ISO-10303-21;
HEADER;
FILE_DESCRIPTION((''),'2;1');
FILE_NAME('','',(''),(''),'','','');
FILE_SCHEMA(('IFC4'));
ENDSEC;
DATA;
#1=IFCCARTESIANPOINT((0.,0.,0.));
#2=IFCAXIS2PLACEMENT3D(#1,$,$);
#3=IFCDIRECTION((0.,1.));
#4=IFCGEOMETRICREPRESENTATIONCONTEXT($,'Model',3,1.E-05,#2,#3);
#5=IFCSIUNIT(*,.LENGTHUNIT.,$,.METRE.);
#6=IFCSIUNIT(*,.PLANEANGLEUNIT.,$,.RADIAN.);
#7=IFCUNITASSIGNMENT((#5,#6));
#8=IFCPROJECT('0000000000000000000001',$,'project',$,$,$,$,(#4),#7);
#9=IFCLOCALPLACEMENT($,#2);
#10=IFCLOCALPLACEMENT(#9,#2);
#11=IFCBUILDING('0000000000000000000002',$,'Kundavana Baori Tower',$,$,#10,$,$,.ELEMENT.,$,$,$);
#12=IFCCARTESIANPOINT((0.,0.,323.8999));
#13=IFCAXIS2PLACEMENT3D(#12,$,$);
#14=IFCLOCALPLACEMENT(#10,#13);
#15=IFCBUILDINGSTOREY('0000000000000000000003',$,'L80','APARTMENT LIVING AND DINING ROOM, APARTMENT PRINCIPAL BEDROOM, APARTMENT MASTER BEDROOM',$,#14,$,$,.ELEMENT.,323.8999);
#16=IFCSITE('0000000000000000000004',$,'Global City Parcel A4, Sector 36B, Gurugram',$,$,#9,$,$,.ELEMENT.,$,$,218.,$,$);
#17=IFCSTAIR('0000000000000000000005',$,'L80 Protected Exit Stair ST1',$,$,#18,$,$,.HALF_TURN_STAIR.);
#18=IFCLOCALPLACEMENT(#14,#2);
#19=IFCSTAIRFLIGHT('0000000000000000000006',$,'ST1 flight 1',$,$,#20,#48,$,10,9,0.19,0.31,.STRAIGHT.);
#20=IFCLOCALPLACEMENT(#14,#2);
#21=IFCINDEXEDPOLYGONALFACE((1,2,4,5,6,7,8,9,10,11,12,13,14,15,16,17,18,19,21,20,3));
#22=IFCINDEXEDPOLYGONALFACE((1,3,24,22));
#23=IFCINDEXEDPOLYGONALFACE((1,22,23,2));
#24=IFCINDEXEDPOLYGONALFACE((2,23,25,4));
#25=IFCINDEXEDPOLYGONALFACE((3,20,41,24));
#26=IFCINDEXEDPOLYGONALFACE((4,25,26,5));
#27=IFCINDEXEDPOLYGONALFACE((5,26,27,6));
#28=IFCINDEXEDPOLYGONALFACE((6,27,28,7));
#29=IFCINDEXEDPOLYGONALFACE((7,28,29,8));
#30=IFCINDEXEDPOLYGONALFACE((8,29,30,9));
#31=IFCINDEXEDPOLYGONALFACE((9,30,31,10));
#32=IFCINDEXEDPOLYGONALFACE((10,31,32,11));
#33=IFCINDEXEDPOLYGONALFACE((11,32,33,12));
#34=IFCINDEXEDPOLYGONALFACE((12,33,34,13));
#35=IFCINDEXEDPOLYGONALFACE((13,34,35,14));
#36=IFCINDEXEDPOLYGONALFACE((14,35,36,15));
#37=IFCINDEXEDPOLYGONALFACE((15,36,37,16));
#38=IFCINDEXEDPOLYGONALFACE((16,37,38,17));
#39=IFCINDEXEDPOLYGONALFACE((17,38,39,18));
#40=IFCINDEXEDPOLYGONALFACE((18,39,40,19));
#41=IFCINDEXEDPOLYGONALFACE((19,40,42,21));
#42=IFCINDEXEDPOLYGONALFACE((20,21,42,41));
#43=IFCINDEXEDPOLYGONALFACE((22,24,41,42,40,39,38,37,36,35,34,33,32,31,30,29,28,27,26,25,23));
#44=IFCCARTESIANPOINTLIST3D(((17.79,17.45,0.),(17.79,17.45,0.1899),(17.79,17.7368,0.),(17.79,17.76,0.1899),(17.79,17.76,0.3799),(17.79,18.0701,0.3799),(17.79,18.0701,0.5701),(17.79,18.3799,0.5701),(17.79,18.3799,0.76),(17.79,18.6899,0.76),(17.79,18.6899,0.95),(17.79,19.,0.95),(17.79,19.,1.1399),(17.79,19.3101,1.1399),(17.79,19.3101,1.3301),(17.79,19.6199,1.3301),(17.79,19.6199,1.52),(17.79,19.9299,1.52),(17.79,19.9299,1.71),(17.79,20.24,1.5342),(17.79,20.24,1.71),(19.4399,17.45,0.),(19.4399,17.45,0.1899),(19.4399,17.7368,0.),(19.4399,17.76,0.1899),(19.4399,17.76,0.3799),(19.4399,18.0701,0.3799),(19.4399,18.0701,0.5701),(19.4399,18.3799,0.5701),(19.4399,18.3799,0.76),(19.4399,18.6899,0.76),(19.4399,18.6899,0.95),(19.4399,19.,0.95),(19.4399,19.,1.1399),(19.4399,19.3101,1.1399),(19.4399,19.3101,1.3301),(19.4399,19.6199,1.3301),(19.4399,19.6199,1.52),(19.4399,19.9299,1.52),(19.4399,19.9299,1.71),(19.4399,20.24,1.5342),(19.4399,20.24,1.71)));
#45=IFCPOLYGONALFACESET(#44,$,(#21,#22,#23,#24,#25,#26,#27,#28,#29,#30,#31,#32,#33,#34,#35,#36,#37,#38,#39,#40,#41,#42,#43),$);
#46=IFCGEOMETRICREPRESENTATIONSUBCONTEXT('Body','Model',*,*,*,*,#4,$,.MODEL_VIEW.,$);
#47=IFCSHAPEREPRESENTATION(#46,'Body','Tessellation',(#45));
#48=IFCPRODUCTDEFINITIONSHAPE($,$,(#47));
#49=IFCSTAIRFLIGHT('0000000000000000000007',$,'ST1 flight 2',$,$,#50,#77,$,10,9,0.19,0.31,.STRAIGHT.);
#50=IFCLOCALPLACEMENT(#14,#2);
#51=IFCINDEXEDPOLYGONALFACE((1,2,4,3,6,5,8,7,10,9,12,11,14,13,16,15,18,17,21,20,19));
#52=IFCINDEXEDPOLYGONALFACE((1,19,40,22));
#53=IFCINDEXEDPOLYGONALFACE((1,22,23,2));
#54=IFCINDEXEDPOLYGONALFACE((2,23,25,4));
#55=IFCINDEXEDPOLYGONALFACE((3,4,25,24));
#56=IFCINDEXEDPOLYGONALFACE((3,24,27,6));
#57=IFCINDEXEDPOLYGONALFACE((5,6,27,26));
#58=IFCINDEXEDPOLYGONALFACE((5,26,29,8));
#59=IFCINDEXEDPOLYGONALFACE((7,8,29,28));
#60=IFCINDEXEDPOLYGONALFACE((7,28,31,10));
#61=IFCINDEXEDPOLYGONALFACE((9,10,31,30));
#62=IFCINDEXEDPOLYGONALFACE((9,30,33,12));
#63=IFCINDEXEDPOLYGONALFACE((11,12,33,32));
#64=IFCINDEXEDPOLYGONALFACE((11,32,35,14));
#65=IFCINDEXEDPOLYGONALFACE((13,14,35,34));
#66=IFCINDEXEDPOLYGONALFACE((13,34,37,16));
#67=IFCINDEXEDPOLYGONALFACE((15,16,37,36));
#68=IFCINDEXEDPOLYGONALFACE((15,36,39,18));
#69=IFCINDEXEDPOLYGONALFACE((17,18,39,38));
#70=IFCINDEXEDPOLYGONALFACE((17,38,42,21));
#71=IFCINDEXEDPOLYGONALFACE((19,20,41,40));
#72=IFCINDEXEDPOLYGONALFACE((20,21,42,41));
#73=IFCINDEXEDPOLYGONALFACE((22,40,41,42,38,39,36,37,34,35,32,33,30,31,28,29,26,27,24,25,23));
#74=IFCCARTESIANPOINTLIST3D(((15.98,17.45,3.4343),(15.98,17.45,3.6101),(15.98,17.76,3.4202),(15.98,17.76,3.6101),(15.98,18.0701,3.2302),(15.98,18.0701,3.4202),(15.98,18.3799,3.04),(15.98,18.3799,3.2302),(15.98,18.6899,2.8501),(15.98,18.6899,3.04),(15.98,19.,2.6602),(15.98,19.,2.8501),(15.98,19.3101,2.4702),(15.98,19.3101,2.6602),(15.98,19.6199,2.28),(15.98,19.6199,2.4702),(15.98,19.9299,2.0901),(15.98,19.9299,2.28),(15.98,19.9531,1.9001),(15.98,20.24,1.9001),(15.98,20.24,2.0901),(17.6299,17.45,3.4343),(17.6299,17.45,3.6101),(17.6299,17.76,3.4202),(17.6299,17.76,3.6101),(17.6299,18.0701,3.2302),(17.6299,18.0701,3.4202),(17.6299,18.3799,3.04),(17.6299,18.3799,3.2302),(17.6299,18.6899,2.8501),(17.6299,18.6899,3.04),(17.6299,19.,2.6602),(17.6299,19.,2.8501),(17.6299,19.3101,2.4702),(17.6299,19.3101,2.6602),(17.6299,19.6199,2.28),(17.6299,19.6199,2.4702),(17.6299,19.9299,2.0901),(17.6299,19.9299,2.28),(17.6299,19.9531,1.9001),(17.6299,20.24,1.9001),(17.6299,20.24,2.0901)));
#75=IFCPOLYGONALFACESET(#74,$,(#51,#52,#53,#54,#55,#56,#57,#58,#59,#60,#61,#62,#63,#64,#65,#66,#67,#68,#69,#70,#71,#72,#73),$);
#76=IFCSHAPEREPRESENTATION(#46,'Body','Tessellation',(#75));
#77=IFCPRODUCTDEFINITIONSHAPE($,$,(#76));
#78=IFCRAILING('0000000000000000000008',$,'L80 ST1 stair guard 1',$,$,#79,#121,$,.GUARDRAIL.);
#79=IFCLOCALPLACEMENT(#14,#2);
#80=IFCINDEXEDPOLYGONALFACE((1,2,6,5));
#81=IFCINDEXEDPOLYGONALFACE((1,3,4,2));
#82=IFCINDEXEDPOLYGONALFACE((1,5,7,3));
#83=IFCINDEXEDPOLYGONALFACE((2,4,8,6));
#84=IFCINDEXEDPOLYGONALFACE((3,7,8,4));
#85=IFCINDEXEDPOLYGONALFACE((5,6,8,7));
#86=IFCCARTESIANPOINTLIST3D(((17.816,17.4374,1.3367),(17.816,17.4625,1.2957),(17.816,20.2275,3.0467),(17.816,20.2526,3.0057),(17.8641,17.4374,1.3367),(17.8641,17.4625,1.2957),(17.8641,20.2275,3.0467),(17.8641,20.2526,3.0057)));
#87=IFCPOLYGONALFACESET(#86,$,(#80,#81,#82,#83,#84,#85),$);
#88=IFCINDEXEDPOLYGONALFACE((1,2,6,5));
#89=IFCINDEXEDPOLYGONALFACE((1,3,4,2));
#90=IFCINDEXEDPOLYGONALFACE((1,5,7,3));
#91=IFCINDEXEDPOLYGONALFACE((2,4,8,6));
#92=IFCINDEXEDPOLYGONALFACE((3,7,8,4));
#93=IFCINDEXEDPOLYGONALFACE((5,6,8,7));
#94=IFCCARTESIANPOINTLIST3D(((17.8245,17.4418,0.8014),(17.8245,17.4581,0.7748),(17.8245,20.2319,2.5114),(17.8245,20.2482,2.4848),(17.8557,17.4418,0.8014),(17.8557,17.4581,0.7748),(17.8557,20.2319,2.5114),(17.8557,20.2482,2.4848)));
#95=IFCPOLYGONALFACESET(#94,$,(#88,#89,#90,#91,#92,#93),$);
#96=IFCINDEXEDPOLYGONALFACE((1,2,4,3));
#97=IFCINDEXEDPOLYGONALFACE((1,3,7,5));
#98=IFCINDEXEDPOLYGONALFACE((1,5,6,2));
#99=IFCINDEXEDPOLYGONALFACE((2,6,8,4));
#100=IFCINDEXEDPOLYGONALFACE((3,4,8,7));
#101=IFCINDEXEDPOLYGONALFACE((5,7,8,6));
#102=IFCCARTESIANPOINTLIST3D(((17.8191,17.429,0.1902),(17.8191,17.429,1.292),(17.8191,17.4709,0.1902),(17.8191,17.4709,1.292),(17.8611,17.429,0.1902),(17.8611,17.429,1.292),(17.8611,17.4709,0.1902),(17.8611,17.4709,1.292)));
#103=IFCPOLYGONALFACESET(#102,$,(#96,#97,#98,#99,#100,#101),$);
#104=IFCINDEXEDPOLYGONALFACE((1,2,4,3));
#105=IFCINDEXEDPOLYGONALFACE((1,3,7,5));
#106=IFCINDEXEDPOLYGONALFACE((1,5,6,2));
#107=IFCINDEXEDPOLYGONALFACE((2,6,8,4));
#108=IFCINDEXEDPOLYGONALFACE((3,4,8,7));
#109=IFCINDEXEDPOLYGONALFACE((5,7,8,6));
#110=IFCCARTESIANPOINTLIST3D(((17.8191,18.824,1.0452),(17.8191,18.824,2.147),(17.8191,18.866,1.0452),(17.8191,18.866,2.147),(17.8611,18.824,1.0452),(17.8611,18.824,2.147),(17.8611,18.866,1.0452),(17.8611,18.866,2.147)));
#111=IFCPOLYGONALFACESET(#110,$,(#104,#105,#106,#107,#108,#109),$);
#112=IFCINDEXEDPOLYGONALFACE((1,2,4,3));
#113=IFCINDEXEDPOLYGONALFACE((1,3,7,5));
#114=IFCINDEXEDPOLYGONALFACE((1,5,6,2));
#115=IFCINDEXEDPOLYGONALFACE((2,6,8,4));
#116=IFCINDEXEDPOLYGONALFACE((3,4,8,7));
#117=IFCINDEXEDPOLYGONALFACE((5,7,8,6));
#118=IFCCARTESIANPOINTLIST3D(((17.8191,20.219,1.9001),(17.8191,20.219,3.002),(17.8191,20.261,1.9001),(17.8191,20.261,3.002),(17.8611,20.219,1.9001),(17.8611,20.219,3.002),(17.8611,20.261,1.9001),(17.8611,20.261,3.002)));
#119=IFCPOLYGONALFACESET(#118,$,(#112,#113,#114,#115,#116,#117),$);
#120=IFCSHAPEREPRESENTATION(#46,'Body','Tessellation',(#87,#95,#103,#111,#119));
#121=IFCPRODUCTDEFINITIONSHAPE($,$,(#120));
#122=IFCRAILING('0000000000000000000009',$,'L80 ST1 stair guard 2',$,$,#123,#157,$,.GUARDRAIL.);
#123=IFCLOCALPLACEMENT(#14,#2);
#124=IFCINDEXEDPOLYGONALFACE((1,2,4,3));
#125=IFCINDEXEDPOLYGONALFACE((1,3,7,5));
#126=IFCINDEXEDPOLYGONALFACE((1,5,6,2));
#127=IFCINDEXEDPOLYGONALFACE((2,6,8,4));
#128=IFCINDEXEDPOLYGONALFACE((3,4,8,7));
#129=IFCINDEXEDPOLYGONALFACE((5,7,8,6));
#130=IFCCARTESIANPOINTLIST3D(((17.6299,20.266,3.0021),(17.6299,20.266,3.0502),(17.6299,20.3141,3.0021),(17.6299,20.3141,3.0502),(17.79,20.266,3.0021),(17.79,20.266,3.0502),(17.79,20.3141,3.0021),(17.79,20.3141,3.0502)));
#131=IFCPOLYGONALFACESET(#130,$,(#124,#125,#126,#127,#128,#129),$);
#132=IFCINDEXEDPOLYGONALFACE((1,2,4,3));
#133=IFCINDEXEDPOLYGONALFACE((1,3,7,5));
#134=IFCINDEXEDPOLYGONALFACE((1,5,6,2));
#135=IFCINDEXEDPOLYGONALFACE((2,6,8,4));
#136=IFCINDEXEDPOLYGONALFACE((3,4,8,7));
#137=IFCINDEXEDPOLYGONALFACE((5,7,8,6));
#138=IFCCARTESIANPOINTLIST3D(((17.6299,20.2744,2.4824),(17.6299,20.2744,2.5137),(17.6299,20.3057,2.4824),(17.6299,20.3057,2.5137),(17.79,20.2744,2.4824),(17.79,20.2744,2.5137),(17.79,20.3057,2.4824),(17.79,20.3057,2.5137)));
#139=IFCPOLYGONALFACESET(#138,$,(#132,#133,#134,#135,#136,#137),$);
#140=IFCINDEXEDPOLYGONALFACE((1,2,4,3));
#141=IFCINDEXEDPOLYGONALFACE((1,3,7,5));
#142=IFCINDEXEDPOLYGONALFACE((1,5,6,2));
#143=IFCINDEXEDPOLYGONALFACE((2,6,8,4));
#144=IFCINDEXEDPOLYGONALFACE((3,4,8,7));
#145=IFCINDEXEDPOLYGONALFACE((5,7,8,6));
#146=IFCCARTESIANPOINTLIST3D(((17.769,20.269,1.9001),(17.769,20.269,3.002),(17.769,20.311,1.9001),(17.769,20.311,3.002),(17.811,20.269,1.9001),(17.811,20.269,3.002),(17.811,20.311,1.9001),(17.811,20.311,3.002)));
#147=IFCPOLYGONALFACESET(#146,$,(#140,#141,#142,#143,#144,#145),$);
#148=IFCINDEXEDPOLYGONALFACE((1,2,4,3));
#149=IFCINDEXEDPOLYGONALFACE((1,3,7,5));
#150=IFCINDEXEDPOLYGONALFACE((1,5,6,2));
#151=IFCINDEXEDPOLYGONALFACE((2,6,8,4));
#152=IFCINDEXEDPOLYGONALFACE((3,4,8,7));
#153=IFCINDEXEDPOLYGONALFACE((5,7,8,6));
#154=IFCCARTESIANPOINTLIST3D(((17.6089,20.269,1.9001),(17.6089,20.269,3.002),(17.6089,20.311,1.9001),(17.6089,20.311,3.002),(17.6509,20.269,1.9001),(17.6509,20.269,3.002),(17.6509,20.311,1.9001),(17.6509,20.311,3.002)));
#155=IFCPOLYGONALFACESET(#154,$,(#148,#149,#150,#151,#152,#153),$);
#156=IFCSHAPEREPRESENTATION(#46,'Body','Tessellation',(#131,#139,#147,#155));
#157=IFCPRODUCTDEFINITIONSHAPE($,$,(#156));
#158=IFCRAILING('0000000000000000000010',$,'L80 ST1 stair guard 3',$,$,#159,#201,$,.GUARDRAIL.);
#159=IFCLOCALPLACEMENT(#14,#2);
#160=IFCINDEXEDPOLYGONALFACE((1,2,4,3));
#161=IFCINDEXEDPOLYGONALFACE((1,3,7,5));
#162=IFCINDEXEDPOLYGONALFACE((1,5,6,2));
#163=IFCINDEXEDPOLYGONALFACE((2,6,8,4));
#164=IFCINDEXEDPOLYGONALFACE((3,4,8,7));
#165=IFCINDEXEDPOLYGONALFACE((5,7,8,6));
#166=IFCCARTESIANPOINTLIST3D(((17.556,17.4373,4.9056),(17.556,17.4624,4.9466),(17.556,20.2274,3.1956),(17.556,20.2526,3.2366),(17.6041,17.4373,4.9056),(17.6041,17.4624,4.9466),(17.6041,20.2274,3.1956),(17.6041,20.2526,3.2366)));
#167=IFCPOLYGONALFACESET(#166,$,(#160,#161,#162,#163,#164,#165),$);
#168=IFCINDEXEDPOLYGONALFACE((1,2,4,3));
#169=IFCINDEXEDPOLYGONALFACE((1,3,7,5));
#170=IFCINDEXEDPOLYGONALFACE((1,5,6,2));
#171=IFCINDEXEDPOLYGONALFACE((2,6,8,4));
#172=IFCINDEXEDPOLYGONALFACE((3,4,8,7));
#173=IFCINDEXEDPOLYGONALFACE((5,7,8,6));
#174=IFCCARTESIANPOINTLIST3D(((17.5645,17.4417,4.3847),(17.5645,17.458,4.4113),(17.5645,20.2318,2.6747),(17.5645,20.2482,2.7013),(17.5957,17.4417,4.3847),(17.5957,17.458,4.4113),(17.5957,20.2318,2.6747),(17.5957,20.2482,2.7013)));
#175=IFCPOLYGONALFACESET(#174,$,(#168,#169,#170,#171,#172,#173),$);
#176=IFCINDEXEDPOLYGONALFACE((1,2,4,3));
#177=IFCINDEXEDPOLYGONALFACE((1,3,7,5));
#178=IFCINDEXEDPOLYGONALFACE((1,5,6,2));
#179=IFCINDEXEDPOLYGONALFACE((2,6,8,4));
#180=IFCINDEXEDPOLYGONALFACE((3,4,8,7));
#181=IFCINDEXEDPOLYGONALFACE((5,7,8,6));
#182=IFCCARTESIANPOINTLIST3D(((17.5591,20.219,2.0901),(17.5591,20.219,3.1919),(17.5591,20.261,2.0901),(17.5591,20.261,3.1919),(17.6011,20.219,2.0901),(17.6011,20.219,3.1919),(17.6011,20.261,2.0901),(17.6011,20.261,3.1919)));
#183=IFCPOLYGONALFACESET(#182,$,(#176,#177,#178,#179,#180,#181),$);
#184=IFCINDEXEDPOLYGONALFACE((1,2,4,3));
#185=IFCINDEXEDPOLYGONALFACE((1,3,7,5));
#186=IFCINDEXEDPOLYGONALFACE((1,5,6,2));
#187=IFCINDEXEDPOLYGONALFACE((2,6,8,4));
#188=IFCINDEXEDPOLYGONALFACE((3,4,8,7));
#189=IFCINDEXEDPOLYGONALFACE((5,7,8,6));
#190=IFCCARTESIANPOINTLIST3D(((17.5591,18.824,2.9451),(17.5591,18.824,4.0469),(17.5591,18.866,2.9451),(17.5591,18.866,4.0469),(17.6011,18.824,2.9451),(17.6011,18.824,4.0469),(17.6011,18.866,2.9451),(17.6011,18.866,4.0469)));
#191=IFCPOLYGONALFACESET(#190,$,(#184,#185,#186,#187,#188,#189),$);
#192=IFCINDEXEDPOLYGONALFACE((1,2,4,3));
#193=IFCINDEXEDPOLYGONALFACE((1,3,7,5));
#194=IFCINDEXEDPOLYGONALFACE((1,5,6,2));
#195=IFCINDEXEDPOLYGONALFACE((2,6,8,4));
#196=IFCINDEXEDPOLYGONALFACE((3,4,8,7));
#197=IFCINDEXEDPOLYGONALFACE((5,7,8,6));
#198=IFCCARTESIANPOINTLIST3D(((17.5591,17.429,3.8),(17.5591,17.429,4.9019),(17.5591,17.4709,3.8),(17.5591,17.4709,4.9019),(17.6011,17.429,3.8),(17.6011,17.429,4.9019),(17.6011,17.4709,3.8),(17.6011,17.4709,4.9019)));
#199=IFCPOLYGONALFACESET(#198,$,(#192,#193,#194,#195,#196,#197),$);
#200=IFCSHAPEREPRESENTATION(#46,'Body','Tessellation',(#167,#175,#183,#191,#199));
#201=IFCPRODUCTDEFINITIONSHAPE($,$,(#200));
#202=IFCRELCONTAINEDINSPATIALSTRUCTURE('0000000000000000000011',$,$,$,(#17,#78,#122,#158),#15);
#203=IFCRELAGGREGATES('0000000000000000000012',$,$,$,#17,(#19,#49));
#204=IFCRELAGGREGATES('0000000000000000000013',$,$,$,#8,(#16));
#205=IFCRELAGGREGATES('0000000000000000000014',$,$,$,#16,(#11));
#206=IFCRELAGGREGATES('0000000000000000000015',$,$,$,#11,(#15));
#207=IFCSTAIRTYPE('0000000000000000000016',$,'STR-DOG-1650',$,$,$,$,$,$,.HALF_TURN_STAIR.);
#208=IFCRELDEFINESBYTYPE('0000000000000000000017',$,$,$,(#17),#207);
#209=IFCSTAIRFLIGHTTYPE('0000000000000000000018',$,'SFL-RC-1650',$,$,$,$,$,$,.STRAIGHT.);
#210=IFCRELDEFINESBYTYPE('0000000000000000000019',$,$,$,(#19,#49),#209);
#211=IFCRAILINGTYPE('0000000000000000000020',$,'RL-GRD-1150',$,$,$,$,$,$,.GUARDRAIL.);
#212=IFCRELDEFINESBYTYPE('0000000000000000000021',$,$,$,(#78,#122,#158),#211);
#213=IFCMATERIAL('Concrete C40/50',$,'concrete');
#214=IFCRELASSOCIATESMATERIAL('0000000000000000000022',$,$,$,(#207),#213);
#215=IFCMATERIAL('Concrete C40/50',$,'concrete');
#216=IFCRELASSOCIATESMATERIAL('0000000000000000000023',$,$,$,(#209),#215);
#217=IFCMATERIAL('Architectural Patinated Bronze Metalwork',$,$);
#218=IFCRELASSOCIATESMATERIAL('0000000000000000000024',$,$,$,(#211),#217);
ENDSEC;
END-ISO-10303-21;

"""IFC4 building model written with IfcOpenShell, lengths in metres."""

from ifc_helpers import new_model, si_unit, direction, frame, origin, origin_2d, place, context, subcontext, project, spatial, polyline, rectangle, outline, extrude, material, type_object, element, aggregate, save


model = new_model("IFC4")

# Units and contexts
model_context = context("Model", 3, precision=1e-05, world=origin(), true_north=direction((0.0, 1.0)))
body_context = subcontext(model_context, "Body", "Model", "MODEL_VIEW")
ifc_project = project(units=[si_unit("LENGTHUNIT", "METRE"), si_unit("PLANEANGLEUNIT", "RADIAN")], contexts=[model_context])

# Site, building, storey
site_placement = place(None, origin())
site = spatial("IfcSite", under=ifc_project, at=site_placement, Name="Global City Parcel A4, Sector 36B, Gurugram", CompositionType="ELEMENT", RefElevation=218.0)
building_placement = place(site_placement, origin())
building = spatial("IfcBuilding", under=site, at=building_placement, Name="Kundavana Baori Tower", CompositionType="ELEMENT")
storey_placement = place(building_placement, frame((0.0, 0.0, 323.8999)))
storey = spatial("IfcBuildingStorey", under=building, at=storey_placement, Name="L80", Description="APARTMENT LIVING AND DINING ROOM, APARTMENT PRINCIPAL BEDROOM, APARTMENT MASTER BEDROOM", CompositionType="ELEMENT", Elevation=323.8999)

# Stair, stair flights
ifc_material_1 = material(Name="Concrete C40/50", Category="concrete")
stair_type = type_object("IfcStairType", Name="STR-DOG-1650", PredefinedType="HALF_TURN_STAIR", material=ifc_material_1)
stair_placement = place(storey_placement, origin())
stair = element("IfcStair", 1, at=stair_placement, inside=storey, type_object=stair_type, Name="L80 Protected Exit Stair ST1", PredefinedType="HALF_TURN_STAIR")
ifc_material_2 = material(Name="Concrete C40/50", Category="concrete")
stair_flight_type = type_object("IfcStairFlightType", Name="SFL-RC-1650", PredefinedType="STRAIGHT", material=ifc_material_2)
stair_flight_1_placement = place(storey_placement, frame((18.615, 17.45, 0.0), z_axis=(0.0, 0.0, 1.0), x_axis=(0.0, 1.0, 0.0)))
stair_flight_1 = element("IfcStairFlight", 2, at=stair_flight_1_placement, type_object=stair_flight_type, Name="ST1 flight 1", NumberOfRisers=10, NumberOfTreads=9, PredefinedType="STRAIGHT", RiserHeight=0.19, TreadLength=0.31, context=body_context, shape_type="SweptSolid", body=[
    extrude(outline(polyline([(0.0, 0.0), (0.0, 0.1899), (0.3101, 0.1899), (0.3101, 0.3799), (0.6201, 0.3799), (0.6201, 0.5701), (0.9299, 0.5701), (0.9299, 0.76), (1.24, 0.76), (1.24, 0.95), (1.55, 0.95), (1.55, 1.1399), (1.8601, 1.1399), (1.8601, 1.3301), (2.1699, 1.3301), (2.1699, 1.52), (2.48, 1.52), (2.48, 1.71), (2.79, 1.71), (2.79, 1.8999), (2.79, 1.5342), (0.2869, 0.0), (0.0, 0.0)])), frame((0.0, 0.825, 0.0), z_axis=(0.0, -1.0, 0.0), x_axis=(1.0, 0.0, 0.0)), (0.0, 0.0, 1.0), 1.6499),
])
stair_flight_2_placement = place(storey_placement, frame((16.8049, 20.24, 1.9001), z_axis=(0.0, 0.0, 1.0), x_axis=(0.0, -1.0, 0.0)))
stair_flight_2 = element("IfcStairFlight", 3, at=stair_flight_2_placement, type_object=stair_flight_type, Name="ST1 flight 2", NumberOfRisers=10, NumberOfTreads=9, PredefinedType="STRAIGHT", RiserHeight=0.19, TreadLength=0.31, context=body_context, shape_type="SweptSolid", body=[
    extrude(outline(polyline([(0.0, 0.0), (0.0, 0.1899), (0.3101, 0.1899), (0.3101, 0.3799), (0.6201, 0.3799), (0.6201, 0.5701), (0.9299, 0.5701), (0.9299, 0.76), (1.24, 0.76), (1.24, 0.95), (1.55, 0.95), (1.55, 1.1399), (1.8601, 1.1399), (1.8601, 1.3301), (2.1699, 1.3301), (2.1699, 1.52), (2.48, 1.52), (2.48, 1.71), (2.79, 1.71), (2.79, 1.8999), (2.79, 1.5342), (0.2869, 0.0), (0.0, 0.0)])), frame((0.0, 0.825, 0.0), z_axis=(0.0, -1.0, 0.0), x_axis=(1.0, 0.0, 0.0)), (0.0, 0.0, 1.0), 1.6499),
])
aggregate(stair, [stair_flight_1, stair_flight_2])

# Railings
ifc_material_3 = material(Name="Architectural Patinated Bronze Metalwork")
railing_type_1 = type_object("IfcRailingType", Name="RL-GRD-1150", PredefinedType="GUARDRAIL", material=ifc_material_3)
railing_1_placement = place(storey_placement, frame((17.8401, 17.45, 0.1902)))
element("IfcRailing", 4, at=railing_1_placement, inside=storey, type_object=railing_type_1, Name="L80 ST1 stair guard 1", PredefinedType="GUARDRAIL", context=body_context, shape_type="SweptSolid", body=[
    extrude(rectangle(XDim=0.0481, YDim=0.0481, at=origin_2d()), frame((0.0, 0.0, 1.126), z_axis=(0.0, 0.85261, 0.522548), x_axis=(-1.0, 0.0, 0.0)), (0.0, 0.0, 1.0), 3.2725),
    extrude(rectangle(XDim=0.0312, YDim=0.0312, at=origin_2d()), frame((0.0, 0.0, 0.5979), z_axis=(0.0, 0.85261, 0.522548), x_axis=(-1.0, 0.0, 0.0)), (0.0, 0.0, 1.0), 3.2725),
    extrude(rectangle(XDim=0.042, YDim=0.042, at=origin_2d()), origin(), (0.0, 0.0, 1.0), 1.1018),
    extrude(rectangle(XDim=0.042, YDim=0.042, at=origin_2d()), frame((0.0, 1.395, 0.855)), (0.0, 0.0, 1.0), 1.1018),
    extrude(rectangle(XDim=0.042, YDim=0.042, at=origin_2d()), frame((0.0, 2.79, 1.71)), (0.0, 0.0, 1.0), 1.1018),
])
railing_2_placement = place(storey_placement, frame((17.79, 20.29, 1.9001)))
element("IfcRailing", 5, at=railing_2_placement, inside=storey, type_object=railing_type_1, Name="L80 ST1 stair guard 2", PredefinedType="GUARDRAIL", context=body_context, shape_type="SweptSolid", body=[
    extrude(rectangle(XDim=0.0481, YDim=0.0481, at=origin_2d()), frame((0.0, 0.0, 1.126), z_axis=(-1.0, 0.0, 0.0), x_axis=(0.0, -1.0, 0.0)), (0.0, 0.0, 1.0), 0.1602),
    extrude(rectangle(XDim=0.0312, YDim=0.0312, at=origin_2d()), frame((0.0, 0.0, 0.5979), z_axis=(-1.0, 0.0, 0.0), x_axis=(0.0, -1.0, 0.0)), (0.0, 0.0, 1.0), 0.1602),
    extrude(rectangle(XDim=0.042, YDim=0.042, at=origin_2d()), origin(), (0.0, 0.0, 1.0), 1.1018),
    extrude(rectangle(XDim=0.042, YDim=0.042, at=origin_2d()), frame((-0.1602, 0.0, 0.0)), (0.0, 0.0, 1.0), 1.1018),
])
railing_3_placement = place(storey_placement, frame((17.5801, 20.24, 2.0901)))
element("IfcRailing", 6, at=railing_3_placement, inside=storey, type_object=railing_type_1, Name="L80 ST1 stair guard 3", PredefinedType="GUARDRAIL", context=body_context, shape_type="SweptSolid", body=[
    extrude(rectangle(XDim=0.0481, YDim=0.0481, at=origin_2d()), frame((0.0, 0.0, 1.126), z_axis=(0.0, -0.85261, 0.522548), x_axis=(1.0, 0.0, 0.0)), (0.0, 0.0, 1.0), 3.2725),
    extrude(rectangle(XDim=0.0312, YDim=0.0312, at=origin_2d()), frame((0.0, 0.0, 0.5979), z_axis=(0.0, -0.85261, 0.522548), x_axis=(1.0, 0.0, 0.0)), (0.0, 0.0, 1.0), 3.2725),
    extrude(rectangle(XDim=0.042, YDim=0.042, at=origin_2d()), origin(), (0.0, 0.0, 1.0), 1.1018),
    extrude(rectangle(XDim=0.042, YDim=0.042, at=origin_2d()), frame((0.0, -1.395, 0.855)), (0.0, 0.0, 1.0), 1.1018),
    extrude(rectangle(XDim=0.042, YDim=0.042, at=origin_2d()), frame((0.0, -2.79, 1.71)), (0.0, 0.0, 1.0), 1.1018),
])

save(model, "model.ifc")
